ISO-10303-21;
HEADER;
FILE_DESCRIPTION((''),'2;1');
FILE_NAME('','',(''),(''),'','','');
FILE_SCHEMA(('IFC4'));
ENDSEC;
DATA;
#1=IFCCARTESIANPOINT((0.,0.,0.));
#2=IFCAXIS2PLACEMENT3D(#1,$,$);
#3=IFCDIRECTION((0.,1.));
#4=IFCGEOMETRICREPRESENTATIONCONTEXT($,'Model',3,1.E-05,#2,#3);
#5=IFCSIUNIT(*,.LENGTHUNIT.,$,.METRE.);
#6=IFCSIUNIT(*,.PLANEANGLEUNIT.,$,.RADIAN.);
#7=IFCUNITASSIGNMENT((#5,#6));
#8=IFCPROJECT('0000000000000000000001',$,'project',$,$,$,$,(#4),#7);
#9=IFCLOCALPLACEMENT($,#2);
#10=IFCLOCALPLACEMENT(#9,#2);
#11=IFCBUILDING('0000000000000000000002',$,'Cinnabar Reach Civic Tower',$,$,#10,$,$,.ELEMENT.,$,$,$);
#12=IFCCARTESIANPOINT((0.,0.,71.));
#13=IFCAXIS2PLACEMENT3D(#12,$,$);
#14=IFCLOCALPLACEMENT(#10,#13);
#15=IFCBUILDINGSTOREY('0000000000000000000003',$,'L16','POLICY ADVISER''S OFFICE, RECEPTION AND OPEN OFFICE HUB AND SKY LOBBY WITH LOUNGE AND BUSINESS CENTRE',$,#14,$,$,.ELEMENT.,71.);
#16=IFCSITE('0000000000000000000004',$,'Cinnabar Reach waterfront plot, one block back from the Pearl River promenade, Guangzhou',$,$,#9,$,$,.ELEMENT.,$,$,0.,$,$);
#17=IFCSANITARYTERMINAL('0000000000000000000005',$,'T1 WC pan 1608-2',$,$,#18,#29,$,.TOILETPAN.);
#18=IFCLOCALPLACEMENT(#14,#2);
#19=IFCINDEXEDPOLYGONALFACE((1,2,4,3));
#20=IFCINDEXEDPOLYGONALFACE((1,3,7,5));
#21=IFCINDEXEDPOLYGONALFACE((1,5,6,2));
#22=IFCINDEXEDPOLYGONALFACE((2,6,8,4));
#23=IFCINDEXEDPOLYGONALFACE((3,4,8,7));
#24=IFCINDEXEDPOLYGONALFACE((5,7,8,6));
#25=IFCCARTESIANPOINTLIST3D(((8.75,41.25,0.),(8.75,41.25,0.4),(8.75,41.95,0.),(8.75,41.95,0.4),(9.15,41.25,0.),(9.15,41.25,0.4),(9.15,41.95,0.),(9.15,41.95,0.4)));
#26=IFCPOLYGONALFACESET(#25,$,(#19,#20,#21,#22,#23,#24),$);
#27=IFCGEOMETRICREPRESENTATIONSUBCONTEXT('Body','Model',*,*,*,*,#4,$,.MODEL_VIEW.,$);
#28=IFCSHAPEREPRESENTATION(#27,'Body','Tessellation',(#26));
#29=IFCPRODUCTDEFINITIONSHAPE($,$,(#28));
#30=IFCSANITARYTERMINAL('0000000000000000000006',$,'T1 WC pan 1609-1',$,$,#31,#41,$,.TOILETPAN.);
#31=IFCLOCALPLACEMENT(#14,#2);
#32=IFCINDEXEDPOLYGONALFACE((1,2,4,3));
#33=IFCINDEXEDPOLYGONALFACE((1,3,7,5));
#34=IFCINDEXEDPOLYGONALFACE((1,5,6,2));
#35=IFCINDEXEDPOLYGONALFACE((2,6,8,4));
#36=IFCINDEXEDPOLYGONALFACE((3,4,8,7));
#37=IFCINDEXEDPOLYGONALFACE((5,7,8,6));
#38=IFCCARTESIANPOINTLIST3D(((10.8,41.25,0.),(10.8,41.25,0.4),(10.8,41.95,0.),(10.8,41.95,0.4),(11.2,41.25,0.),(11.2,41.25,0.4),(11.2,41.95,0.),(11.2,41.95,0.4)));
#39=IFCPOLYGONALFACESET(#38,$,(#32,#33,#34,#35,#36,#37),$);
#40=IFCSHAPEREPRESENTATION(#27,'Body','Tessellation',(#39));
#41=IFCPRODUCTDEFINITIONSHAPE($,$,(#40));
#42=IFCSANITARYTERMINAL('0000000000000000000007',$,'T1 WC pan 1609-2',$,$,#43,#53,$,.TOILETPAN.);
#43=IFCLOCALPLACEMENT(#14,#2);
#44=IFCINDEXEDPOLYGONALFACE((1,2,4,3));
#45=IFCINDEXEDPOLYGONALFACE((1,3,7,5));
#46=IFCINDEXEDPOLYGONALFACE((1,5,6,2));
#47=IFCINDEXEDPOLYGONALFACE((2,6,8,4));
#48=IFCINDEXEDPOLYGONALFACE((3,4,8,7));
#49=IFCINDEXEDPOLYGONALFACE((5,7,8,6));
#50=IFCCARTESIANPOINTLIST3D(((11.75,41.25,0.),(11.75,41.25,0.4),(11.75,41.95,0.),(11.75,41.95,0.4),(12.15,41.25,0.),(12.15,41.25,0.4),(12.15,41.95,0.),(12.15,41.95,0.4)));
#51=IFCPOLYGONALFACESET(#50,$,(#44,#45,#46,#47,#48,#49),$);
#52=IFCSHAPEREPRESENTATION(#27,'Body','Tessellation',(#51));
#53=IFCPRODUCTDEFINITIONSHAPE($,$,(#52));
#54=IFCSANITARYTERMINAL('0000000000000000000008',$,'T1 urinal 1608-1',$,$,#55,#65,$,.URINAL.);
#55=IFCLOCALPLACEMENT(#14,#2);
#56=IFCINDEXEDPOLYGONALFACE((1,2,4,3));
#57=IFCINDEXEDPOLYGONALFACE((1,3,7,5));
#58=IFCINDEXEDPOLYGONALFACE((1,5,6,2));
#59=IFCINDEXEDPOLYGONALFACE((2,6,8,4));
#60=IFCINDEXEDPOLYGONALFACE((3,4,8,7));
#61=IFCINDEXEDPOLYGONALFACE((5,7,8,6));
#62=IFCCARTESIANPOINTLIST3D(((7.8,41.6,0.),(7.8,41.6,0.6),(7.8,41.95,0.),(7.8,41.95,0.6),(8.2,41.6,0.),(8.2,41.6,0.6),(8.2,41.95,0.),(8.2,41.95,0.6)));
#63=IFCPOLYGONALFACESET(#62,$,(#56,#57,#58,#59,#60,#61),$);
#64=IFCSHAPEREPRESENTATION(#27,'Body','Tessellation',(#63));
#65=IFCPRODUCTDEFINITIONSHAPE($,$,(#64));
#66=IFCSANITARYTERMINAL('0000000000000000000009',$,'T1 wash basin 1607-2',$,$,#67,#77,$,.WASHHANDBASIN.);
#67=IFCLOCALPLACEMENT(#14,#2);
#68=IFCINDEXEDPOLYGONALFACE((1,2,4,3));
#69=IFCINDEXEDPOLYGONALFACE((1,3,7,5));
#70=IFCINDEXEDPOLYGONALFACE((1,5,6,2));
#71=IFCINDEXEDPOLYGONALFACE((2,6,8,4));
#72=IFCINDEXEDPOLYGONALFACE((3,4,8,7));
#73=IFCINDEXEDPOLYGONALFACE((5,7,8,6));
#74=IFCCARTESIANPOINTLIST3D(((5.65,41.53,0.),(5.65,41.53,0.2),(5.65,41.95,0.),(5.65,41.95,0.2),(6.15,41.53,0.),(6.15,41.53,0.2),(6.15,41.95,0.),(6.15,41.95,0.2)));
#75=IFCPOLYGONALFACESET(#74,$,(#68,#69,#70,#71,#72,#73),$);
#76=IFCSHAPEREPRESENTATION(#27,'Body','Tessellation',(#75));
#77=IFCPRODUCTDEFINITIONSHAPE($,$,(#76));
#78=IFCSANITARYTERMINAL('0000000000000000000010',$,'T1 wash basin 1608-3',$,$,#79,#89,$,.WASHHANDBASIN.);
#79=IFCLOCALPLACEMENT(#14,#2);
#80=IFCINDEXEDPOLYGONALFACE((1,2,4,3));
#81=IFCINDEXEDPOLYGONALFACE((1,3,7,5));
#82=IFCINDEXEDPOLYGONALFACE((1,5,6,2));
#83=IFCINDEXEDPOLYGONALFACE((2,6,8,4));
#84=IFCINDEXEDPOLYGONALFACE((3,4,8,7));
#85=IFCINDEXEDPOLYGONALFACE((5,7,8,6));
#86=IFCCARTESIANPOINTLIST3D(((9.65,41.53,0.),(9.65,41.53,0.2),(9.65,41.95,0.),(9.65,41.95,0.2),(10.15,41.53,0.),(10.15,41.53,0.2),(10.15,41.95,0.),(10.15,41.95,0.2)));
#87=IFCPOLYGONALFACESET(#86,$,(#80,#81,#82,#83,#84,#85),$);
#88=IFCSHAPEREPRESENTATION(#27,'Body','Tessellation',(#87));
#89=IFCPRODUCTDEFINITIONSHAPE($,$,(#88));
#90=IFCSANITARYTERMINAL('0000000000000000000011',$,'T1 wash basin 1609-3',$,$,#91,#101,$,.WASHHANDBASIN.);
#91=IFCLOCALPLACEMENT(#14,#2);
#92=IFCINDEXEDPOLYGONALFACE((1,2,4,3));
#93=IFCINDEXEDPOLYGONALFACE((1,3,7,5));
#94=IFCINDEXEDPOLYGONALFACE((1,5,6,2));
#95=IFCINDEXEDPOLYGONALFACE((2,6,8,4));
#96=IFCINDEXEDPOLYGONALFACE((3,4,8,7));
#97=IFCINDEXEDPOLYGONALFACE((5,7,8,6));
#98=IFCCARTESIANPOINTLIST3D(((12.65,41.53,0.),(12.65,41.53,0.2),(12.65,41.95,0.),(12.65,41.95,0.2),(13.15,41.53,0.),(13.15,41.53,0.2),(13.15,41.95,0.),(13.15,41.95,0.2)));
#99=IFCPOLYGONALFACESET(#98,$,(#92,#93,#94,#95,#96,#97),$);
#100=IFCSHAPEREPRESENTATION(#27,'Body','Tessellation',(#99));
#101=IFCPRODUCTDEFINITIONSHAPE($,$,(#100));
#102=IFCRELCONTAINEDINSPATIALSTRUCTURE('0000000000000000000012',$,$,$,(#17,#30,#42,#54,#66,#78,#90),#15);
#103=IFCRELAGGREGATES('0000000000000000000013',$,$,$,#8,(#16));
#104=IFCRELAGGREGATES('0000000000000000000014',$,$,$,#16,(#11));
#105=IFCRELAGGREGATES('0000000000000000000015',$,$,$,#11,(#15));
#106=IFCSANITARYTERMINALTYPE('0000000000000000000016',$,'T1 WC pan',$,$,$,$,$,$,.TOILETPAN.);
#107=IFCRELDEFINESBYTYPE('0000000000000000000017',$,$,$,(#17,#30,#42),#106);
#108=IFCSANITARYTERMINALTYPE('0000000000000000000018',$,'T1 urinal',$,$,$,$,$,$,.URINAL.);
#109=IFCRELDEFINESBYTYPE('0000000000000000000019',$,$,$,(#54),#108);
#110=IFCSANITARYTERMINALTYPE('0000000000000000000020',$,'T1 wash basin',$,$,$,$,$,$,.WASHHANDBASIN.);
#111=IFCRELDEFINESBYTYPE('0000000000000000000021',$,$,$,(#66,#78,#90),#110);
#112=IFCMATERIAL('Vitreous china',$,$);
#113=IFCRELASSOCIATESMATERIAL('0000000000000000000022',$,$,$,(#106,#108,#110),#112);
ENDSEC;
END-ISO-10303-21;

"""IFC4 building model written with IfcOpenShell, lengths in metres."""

from ifc_helpers import new_model, si_unit, direction, frame, origin, origin_2d, place, context, subcontext, project, spatial, rectangle, extrude, material, type_object, element, save


model = new_model("IFC4")

# Units and contexts
model_context = context("Model", 3, precision=1e-05, world=origin(), true_north=direction((0.0, 1.0)))
body_context = subcontext(model_context, "Body", "Model", "MODEL_VIEW")
ifc_project = project(units=[si_unit("LENGTHUNIT", "METRE"), si_unit("PLANEANGLEUNIT", "RADIAN")], contexts=[model_context])

# Site, building, storey
site_placement = place(None, origin())
site = spatial("IfcSite", under=ifc_project, at=site_placement, Name="Cinnabar Reach waterfront plot, one block back from the Pearl River promenade, Guangzhou", CompositionType="ELEMENT", RefElevation=0.0)
building_placement = place(site_placement, origin())
building = spatial("IfcBuilding", under=site, at=building_placement, Name="Cinnabar Reach Civic Tower", CompositionType="ELEMENT")
storey_placement = place(building_placement, frame((0.0, 0.0, 71.0)))
storey = spatial("IfcBuildingStorey", under=building, at=storey_placement, Name="L16", Description="POLICY ADVISER'S OFFICE, RECEPTION AND OPEN OFFICE HUB AND SKY LOBBY WITH LOUNGE AND BUSINESS CENTRE", CompositionType="ELEMENT", Elevation=71.0)

# Sanitary terminals
ifc_material_1 = material(Name="Vitreous china")
sanitary_terminal_type_1 = type_object("IfcSanitaryTerminalType", Name="T1 WC pan", PredefinedType="TOILETPAN", material=ifc_material_1)
for number, where, z_axis, x_axis, name in (
    (1, (8.95, 41.6, 0.0), (0.0, 0.0, 1.0), (1.0, 0.0, 0.0), "T1 WC pan 1608-2"),
    (2, (11.0, 41.6, 0.0), (0.0, 0.0, 1.0), (1.0, 0.0, 0.0), "T1 WC pan 1609-1"),
    (3, (11.95, 41.6, 0.0), (0.0, 0.0, 1.0), (1.0, 0.0, 0.0), "T1 WC pan 1609-2"),
):
    element("IfcSanitaryTerminal", number, at=place(storey_placement, frame(where, z_axis=z_axis, x_axis=x_axis)), inside=storey, type_object=sanitary_terminal_type_1, Name=name, PredefinedType="TOILETPAN", context=body_context, shape_type="SweptSolid", body=[
        extrude(rectangle(XDim=0.4, YDim=0.7, at=origin_2d()), origin(), (0.0, 0.0, 1.0), 0.4),
    ])
sanitary_terminal_type_2 = type_object("IfcSanitaryTerminalType", Name="T1 urinal", PredefinedType="URINAL", material=ifc_material_1)
sanitary_terminal_placement = place(storey_placement, frame((8.0, 41.775, 0.0), z_axis=(0.0, 0.0, 1.0), x_axis=(1.0, 0.0, 0.0)))
element("IfcSanitaryTerminal", 4, at=sanitary_terminal_placement, inside=storey, type_object=sanitary_terminal_type_2, Name="T1 urinal 1608-1", PredefinedType="URINAL", context=body_context, shape_type="SweptSolid", body=[
    extrude(rectangle(XDim=0.4, YDim=0.35, at=origin_2d()), origin(), (0.0, 0.0, 1.0), 0.6),
])
sanitary_terminal_type_3 = type_object("IfcSanitaryTerminalType", Name="T1 wash basin", PredefinedType="WASHHANDBASIN", material=ifc_material_1)
for number, where, z_axis, x_axis, name in (
    (5, (5.9, 41.74, 0.0), (0.0, 0.0, 1.0), (1.0, 0.0, 0.0), "T1 wash basin 1607-2"),
    (6, (9.9, 41.74, 0.0), (0.0, 0.0, 1.0), (1.0, 0.0, 0.0), "T1 wash basin 1608-3"),
    (7, (12.9, 41.74, 0.0), (0.0, 0.0, 1.0), (1.0, 0.0, 0.0), "T1 wash basin 1609-3"),
):
    element("IfcSanitaryTerminal", number, at=place(storey_placement, frame(where, z_axis=z_axis, x_axis=x_axis)), inside=storey, type_object=sanitary_terminal_type_3, Name=name, PredefinedType="WASHHANDBASIN", context=body_context, shape_type="SweptSolid", body=[
        extrude(rectangle(XDim=0.5, YDim=0.42, at=origin_2d()), origin(), (0.0, 0.0, 1.0), 0.2),
    ])

save(model, "model.ifc")
